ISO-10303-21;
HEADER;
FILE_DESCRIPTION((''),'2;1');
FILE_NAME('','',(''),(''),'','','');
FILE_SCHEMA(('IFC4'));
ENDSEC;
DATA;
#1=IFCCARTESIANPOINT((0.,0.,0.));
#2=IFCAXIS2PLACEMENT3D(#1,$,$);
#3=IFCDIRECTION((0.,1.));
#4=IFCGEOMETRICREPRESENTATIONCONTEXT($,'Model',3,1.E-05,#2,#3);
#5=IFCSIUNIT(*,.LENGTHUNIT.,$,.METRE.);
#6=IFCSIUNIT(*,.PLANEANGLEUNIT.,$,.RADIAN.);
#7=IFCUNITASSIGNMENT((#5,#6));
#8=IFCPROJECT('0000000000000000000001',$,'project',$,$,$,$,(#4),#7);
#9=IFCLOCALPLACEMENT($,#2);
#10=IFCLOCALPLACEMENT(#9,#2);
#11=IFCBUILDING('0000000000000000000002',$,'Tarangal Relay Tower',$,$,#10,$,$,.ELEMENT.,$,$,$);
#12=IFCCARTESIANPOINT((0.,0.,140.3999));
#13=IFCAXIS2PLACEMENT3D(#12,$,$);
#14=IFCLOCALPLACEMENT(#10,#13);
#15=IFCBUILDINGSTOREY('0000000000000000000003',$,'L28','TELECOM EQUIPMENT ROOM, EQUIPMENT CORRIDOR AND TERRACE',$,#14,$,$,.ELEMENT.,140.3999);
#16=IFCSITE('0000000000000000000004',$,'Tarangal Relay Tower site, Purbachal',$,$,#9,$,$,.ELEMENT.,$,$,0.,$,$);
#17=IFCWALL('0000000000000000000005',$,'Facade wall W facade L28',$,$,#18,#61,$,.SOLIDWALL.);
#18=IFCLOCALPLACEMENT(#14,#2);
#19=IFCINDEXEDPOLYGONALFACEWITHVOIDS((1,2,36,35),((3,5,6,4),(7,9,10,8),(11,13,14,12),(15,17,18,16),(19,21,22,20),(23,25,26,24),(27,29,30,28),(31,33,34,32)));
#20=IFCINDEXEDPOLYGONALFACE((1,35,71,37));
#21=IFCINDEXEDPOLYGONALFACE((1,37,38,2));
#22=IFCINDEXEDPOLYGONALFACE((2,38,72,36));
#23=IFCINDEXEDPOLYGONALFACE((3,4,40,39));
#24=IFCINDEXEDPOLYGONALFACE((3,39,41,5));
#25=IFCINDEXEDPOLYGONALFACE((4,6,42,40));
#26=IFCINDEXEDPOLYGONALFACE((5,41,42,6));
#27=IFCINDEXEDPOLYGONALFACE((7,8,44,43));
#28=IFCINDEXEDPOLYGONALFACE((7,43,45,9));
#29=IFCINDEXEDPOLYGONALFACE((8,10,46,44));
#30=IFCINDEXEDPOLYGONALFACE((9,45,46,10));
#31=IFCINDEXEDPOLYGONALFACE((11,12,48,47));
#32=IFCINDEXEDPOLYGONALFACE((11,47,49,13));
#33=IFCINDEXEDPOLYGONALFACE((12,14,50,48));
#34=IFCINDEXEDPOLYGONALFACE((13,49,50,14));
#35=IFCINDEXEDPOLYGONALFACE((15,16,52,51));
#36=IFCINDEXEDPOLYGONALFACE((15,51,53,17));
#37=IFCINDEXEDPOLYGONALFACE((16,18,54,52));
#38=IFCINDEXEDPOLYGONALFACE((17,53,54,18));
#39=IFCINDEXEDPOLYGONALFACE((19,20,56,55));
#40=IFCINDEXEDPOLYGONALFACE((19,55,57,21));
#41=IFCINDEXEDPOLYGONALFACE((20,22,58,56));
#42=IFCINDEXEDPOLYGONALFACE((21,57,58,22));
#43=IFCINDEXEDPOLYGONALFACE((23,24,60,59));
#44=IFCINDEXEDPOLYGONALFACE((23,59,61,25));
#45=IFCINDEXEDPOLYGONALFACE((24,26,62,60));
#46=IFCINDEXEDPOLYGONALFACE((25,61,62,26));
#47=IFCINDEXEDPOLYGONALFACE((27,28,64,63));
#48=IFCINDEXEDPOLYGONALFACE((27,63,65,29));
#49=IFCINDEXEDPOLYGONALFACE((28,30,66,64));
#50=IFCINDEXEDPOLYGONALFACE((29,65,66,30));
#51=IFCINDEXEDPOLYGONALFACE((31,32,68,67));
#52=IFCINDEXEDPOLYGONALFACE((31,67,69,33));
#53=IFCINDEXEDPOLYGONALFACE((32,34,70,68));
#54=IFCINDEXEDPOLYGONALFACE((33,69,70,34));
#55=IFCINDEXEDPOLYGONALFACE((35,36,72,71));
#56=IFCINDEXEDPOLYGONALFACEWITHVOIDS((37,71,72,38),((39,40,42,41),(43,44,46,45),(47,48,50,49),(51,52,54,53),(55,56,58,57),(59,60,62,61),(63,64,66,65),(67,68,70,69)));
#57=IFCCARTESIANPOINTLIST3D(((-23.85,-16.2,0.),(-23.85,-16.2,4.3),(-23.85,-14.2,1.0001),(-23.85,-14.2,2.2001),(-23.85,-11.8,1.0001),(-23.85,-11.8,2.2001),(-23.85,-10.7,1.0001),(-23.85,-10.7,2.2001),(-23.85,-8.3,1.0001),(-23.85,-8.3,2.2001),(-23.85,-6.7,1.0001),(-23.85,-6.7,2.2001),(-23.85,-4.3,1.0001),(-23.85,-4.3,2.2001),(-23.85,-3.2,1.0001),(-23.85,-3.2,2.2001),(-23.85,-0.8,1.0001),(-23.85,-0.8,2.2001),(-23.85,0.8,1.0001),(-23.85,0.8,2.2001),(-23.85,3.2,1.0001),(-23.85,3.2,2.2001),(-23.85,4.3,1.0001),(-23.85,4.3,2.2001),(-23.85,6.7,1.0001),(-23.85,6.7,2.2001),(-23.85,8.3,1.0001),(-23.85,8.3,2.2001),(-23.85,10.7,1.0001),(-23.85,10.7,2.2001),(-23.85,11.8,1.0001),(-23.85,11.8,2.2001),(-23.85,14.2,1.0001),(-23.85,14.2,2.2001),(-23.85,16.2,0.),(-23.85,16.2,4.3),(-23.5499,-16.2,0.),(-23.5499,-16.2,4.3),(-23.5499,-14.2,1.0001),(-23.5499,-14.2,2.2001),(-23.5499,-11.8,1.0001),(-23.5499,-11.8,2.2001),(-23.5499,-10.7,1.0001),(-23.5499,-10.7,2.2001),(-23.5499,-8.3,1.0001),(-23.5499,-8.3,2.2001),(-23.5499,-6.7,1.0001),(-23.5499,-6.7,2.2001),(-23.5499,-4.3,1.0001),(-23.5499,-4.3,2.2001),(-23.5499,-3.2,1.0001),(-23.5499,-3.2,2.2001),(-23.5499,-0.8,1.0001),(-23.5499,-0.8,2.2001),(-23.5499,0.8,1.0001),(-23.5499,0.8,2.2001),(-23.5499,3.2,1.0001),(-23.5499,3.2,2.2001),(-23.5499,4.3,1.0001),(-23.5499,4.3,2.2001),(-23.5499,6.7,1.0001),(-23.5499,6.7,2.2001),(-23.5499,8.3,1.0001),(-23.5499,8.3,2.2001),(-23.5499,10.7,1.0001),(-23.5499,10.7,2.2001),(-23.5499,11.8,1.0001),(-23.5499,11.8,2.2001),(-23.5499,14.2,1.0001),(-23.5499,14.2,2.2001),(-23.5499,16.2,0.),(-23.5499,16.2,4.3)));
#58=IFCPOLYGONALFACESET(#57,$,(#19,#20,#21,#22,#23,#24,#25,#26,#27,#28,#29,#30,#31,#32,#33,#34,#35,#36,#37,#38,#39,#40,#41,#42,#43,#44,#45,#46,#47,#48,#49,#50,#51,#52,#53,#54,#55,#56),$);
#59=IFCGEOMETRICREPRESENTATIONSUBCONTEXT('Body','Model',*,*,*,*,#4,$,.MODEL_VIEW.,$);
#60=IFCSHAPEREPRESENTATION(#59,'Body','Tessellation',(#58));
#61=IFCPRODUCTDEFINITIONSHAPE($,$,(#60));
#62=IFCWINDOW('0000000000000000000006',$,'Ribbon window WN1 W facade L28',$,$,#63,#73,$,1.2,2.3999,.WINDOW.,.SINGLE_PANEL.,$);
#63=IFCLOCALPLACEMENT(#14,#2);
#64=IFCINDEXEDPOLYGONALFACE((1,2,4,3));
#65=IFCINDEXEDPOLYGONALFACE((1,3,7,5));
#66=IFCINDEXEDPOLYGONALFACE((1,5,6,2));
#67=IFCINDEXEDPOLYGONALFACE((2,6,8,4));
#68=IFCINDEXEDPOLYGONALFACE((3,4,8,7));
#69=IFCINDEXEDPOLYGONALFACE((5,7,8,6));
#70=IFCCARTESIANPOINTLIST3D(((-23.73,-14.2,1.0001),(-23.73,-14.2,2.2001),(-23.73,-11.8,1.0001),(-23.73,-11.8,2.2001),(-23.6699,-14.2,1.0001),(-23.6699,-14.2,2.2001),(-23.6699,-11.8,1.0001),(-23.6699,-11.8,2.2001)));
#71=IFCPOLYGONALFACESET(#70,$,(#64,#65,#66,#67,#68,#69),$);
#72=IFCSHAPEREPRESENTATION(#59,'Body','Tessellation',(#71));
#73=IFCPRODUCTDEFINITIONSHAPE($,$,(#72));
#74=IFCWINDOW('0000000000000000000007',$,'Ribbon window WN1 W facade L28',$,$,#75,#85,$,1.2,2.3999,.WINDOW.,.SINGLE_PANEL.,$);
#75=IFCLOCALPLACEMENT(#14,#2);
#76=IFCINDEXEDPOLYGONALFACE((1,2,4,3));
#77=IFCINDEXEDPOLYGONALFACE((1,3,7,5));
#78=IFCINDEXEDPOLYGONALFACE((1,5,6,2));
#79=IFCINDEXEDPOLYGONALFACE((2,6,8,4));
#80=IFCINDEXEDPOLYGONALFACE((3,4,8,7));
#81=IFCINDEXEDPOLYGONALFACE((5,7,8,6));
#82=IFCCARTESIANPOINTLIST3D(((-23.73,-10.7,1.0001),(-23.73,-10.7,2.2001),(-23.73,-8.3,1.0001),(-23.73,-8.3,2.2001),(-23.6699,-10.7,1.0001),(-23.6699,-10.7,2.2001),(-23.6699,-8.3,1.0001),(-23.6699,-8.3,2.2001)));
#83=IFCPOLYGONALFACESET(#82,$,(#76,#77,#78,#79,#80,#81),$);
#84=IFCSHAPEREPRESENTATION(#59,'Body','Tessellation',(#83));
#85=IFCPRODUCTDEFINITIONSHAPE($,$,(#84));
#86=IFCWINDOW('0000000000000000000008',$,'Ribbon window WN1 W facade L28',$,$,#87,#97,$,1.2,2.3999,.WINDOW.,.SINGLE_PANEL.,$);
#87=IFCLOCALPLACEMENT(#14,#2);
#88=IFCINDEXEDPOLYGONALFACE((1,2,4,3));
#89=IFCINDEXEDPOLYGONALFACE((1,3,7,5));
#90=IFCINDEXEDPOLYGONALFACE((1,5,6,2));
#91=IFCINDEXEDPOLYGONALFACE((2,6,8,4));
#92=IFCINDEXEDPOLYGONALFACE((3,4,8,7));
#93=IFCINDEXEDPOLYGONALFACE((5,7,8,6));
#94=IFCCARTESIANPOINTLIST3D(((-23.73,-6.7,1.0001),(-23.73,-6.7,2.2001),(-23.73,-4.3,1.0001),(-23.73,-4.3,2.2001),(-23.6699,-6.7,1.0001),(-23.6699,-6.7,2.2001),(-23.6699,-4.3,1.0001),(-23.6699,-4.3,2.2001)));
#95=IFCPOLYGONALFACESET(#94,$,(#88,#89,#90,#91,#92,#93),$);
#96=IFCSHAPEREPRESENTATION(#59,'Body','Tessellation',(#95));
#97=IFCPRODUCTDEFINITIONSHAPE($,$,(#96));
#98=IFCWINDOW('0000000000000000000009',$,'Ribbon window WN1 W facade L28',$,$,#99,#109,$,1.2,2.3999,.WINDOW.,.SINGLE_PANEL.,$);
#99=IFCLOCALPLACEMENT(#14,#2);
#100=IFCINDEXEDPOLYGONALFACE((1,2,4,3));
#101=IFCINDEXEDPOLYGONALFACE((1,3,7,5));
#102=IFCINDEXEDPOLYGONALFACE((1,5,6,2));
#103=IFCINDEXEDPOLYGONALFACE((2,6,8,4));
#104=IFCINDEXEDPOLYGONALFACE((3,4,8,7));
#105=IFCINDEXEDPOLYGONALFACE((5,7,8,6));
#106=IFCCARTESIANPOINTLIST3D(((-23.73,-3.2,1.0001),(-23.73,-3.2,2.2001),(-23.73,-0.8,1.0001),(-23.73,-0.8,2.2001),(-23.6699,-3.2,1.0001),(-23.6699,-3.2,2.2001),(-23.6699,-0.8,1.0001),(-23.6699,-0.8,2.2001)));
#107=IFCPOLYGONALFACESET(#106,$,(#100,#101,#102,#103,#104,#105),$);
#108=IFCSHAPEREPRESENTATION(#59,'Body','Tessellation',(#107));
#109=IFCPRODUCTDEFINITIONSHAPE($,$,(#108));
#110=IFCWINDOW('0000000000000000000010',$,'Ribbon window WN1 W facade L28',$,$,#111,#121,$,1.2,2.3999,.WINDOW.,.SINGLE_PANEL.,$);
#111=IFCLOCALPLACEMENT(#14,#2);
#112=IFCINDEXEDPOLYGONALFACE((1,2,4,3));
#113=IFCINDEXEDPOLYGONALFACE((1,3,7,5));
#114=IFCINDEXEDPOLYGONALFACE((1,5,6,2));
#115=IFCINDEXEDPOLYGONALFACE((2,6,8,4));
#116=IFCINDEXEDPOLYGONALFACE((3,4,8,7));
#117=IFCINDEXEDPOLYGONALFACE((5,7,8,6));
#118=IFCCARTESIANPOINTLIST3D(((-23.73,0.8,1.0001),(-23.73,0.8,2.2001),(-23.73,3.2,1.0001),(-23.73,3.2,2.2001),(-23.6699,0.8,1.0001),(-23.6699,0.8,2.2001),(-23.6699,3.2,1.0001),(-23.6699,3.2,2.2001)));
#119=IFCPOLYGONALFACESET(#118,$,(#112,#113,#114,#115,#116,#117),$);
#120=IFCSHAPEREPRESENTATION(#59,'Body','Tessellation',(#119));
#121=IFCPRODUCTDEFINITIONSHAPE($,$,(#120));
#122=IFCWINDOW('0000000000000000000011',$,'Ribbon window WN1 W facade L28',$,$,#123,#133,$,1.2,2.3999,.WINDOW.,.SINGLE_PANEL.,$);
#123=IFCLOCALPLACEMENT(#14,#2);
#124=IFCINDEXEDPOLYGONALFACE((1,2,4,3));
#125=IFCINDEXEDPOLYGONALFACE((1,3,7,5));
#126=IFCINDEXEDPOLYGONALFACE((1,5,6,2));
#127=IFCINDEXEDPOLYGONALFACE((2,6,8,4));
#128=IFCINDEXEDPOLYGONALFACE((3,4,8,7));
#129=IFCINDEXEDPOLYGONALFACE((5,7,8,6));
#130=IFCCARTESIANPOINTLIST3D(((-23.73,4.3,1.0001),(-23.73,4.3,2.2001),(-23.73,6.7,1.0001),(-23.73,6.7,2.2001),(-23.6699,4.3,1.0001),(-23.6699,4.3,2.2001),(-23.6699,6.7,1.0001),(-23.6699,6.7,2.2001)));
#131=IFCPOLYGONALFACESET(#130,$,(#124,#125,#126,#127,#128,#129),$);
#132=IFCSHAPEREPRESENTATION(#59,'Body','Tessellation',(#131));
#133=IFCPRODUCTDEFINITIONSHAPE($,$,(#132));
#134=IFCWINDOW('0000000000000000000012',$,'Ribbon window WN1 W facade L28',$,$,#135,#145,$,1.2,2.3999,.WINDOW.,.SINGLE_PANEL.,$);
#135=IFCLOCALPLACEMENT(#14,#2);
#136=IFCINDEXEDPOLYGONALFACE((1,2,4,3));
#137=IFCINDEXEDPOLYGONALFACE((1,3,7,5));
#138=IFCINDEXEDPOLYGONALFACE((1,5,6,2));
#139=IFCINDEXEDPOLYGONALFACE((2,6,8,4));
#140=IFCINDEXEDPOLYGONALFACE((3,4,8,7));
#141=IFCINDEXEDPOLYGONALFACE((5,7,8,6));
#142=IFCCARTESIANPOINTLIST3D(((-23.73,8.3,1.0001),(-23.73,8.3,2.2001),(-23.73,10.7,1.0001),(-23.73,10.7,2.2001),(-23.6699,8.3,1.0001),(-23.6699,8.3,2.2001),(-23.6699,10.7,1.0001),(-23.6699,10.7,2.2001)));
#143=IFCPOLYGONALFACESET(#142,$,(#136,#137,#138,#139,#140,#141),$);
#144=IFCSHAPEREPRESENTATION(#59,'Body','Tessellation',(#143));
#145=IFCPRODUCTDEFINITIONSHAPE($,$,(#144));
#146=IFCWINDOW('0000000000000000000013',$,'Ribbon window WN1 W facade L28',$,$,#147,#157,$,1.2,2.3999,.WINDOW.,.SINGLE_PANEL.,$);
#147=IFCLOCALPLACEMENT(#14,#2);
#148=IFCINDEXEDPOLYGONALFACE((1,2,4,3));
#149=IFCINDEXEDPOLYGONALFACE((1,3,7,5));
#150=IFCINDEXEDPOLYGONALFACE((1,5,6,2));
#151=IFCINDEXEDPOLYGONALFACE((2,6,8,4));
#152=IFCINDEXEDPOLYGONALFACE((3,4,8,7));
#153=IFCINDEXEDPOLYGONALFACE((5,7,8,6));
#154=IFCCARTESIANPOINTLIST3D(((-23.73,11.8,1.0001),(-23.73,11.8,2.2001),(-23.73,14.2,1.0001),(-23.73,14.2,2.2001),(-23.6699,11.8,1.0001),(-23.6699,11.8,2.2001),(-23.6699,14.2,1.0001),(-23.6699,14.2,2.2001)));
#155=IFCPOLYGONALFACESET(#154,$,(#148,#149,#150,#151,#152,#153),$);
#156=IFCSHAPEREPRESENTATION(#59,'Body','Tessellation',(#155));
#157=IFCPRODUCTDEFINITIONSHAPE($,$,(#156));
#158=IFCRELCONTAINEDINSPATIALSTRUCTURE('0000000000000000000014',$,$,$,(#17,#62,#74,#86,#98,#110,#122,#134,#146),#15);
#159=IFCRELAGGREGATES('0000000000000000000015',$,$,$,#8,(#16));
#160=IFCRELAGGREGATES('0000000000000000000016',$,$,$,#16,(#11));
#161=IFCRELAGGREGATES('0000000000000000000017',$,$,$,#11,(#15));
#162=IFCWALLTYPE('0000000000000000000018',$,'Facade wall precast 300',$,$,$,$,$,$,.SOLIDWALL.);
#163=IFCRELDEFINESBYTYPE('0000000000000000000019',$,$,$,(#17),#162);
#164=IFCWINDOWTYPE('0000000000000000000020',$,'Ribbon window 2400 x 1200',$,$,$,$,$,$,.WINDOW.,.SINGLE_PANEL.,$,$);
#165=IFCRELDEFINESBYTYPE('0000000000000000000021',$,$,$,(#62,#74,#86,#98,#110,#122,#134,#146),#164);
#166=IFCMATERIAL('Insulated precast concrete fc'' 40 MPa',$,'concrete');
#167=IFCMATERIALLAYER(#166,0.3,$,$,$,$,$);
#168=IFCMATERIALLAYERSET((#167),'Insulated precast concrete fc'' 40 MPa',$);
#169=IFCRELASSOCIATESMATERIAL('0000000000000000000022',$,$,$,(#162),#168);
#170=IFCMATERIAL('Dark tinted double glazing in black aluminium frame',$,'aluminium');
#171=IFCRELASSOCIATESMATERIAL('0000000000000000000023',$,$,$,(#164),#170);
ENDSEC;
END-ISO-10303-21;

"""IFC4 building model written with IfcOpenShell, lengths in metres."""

from ifc_helpers import new_model, si_unit, direction, frame, frame_2d, origin, place, context, subcontext, project, spatial, rectangle, extrude, material, layer, layer_set, type_object, element, fill, save


model = new_model("IFC4")

# Units and contexts
model_context = context("Model", 3, precision=1e-05, world=origin(), true_north=direction((0.0, 1.0)))
body_context = subcontext(model_context, "Body", "Model", "MODEL_VIEW")
ifc_project = project(units=[si_unit("LENGTHUNIT", "METRE"), si_unit("PLANEANGLEUNIT", "RADIAN")], contexts=[model_context])

# Site, building, storey
site_placement = place(None, origin())
site = spatial("IfcSite", under=ifc_project, at=site_placement, Name="Tarangal Relay Tower site, Purbachal", CompositionType="ELEMENT", RefElevation=0.0)
building_placement = place(site_placement, origin())
building = spatial("IfcBuilding", under=site, at=building_placement, Name="Tarangal Relay Tower", CompositionType="ELEMENT")
storey_placement = place(building_placement, frame((0.0, 0.0, 140.3999)))
storey = spatial("IfcBuildingStorey", under=building, at=storey_placement, Name="L28", Description="TELECOM EQUIPMENT ROOM, EQUIPMENT CORRIDOR AND TERRACE", CompositionType="ELEMENT", Elevation=140.3999)

# Shared definitions
ifc_material_1 = material(Name="Insulated precast concrete fc' 40 MPa", Category="concrete")
ifc_layer = layer(ifc_material_1, 0.3)
ifc_layer_set = layer_set([ifc_layer], Name="Insulated precast concrete fc' 40 MPa")
wall_type = type_object("IfcWallType", Name="Facade wall precast 300", PredefinedType="SOLIDWALL", material=ifc_layer_set)

# Wall, openings, windows
wall_placement = place(storey_placement, frame((-23.7, -16.2, 0.0), z_axis=(0.0, 0.0, 1.0), x_axis=(0.0, 1.0, 0.0)))
wall = element("IfcWall", 1, at=wall_placement, inside=storey, type_object=wall_type, Name="Facade wall W facade L28", PredefinedType="SOLIDWALL", context=body_context, shape_type="SweptSolid", body=[
    extrude(rectangle(XDim=32.3999, YDim=0.3, at=frame_2d((16.2, 0.0))), origin(), (0.0, 0.0, 1.0), 4.3),
])
opening_1_placement = place(wall_placement, frame((2.0, 0.0, 1.0)))
opening_1 = element("IfcOpeningElement", 2, at=opening_1_placement, cuts=wall, PredefinedType="OPENING", context=body_context, shape_type="SweptSolid", body=[
    extrude(rectangle(XDim=2.3999, YDim=1.2, at=frame_2d((1.2, 0.6001))), frame((0.0, 0.1599, 0.0), z_axis=(0.0, -1.0, 0.0), x_axis=(1.0, 0.0, 0.0)), (0.0, 0.0, 1.0), 0.3201),
])
opening_2_placement = place(wall_placement, frame((5.5, 0.0, 1.0)))
opening_2 = element("IfcOpeningElement", 3, at=opening_2_placement, cuts=wall, PredefinedType="OPENING", context=body_context, shape_type="SweptSolid", body=[
    extrude(rectangle(XDim=2.3999, YDim=1.2, at=frame_2d((1.2, 0.6001))), frame((0.0, 0.1599, 0.0), z_axis=(0.0, -1.0, 0.0), x_axis=(1.0, 0.0, 0.0)), (0.0, 0.0, 1.0), 0.3201),
])
opening_3_placement = place(wall_placement, frame((9.5, 0.0, 1.0)))
opening_3 = element("IfcOpeningElement", 4, at=opening_3_placement, cuts=wall, PredefinedType="OPENING", context=body_context, shape_type="SweptSolid", body=[
    extrude(rectangle(XDim=2.3999, YDim=1.2, at=frame_2d((1.2, 0.6001))), frame((0.0, 0.1599, 0.0), z_axis=(0.0, -1.0, 0.0), x_axis=(1.0, 0.0, 0.0)), (0.0, 0.0, 1.0), 0.3201),
])
opening_4_placement = place(wall_placement, frame((13.0, 0.0, 1.0)))
opening_4 = element("IfcOpeningElement", 5, at=opening_4_placement, cuts=wall, PredefinedType="OPENING", context=body_context, shape_type="SweptSolid", body=[
    extrude(rectangle(XDim=2.3999, YDim=1.2, at=frame_2d((1.2, 0.6001))), frame((0.0, 0.1599, 0.0), z_axis=(0.0, -1.0, 0.0), x_axis=(1.0, 0.0, 0.0)), (0.0, 0.0, 1.0), 0.3201),
])
opening_5_placement = place(wall_placement, frame((17.0, 0.0, 1.0)))
opening_5 = element("IfcOpeningElement", 6, at=opening_5_placement, cuts=wall, PredefinedType="OPENING", context=body_context, shape_type="SweptSolid", body=[
    extrude(rectangle(XDim=2.3999, YDim=1.2, at=frame_2d((1.2, 0.6001))), frame((0.0, 0.1599, 0.0), z_axis=(0.0, -1.0, 0.0), x_axis=(1.0, 0.0, 0.0)), (0.0, 0.0, 1.0), 0.3201),
])
opening_6_placement = place(wall_placement, frame((20.5, 0.0, 1.0)))
opening_6 = element("IfcOpeningElement", 7, at=opening_6_placement, cuts=wall, PredefinedType="OPENING", context=body_context, shape_type="SweptSolid", body=[
    extrude(rectangle(XDim=2.3999, YDim=1.2, at=frame_2d((1.2, 0.6001))), frame((0.0, 0.1599, 0.0), z_axis=(0.0, -1.0, 0.0), x_axis=(1.0, 0.0, 0.0)), (0.0, 0.0, 1.0), 0.3201),
])
opening_7_placement = place(wall_placement, frame((24.5, 0.0, 1.0)))
opening_7 = element("IfcOpeningElement", 8, at=opening_7_placement, cuts=wall, PredefinedType="OPENING", context=body_context, shape_type="SweptSolid", body=[
    extrude(rectangle(XDim=2.3999, YDim=1.2, at=frame_2d((1.2, 0.6001))), frame((0.0, 0.1599, 0.0), z_axis=(0.0, -1.0, 0.0), x_axis=(1.0, 0.0, 0.0)), (0.0, 0.0, 1.0), 0.3201),
])
opening_8_placement = place(wall_placement, frame((28.0, 0.0, 1.0)))
opening_8 = element("IfcOpeningElement", 9, at=opening_8_placement, cuts=wall, PredefinedType="OPENING", context=body_context, shape_type="SweptSolid", body=[
    extrude(rectangle(XDim=2.3999, YDim=1.2, at=frame_2d((1.2, 0.6001))), frame((0.0, 0.1599, 0.0), z_axis=(0.0, -1.0, 0.0), x_axis=(1.0, 0.0, 0.0)), (0.0, 0.0, 1.0), 0.3201),
])
ifc_material_2 = material(Name="Dark tinted double glazing in black aluminium frame", Category="aluminium")
window_type = type_object("IfcWindowType", Name="Ribbon window 2400 x 1200", PartitioningType="SINGLE_PANEL", PredefinedType="WINDOW", material=ifc_material_2)
window_1_placement = place(opening_1_placement, origin())
window_1 = element("IfcWindow", 10, at=window_1_placement, inside=storey, type_object=window_type, Name="Ribbon window WN1 W facade L28", OverallHeight=1.2, OverallWidth=2.3999, PartitioningType="SINGLE_PANEL", PredefinedType="WINDOW", context=body_context, shape_type="SweptSolid", body=[
    extrude(rectangle(XDim=2.3999, YDim=1.2, at=frame_2d((1.2, 0.6001))), frame((0.0, 0.03, 0.0), z_axis=(0.0, -1.0, 0.0), x_axis=(1.0, 0.0, 0.0)), (0.0, 0.0, 1.0), 0.0601),
])
fill(opening_1, window_1)
window_2_placement = place(opening_2_placement, origin())
window_2 = element("IfcWindow", 11, at=window_2_placement, inside=storey, type_object=window_type, Name="Ribbon window WN1 W facade L28", OverallHeight=1.2, OverallWidth=2.3999, PartitioningType="SINGLE_PANEL", PredefinedType="WINDOW", context=body_context, shape_type="SweptSolid", body=[
    extrude(rectangle(XDim=2.3999, YDim=1.2, at=frame_2d((1.2, 0.6001))), frame((0.0, 0.03, 0.0), z_axis=(0.0, -1.0, 0.0), x_axis=(1.0, 0.0, 0.0)), (0.0, 0.0, 1.0), 0.0601),
])
fill(opening_2, window_2)
window_3_placement = place(opening_3_placement, origin())
window_3 = element("IfcWindow", 12, at=window_3_placement, inside=storey, type_object=window_type, Name="Ribbon window WN1 W facade L28", OverallHeight=1.2, OverallWidth=2.3999, PartitioningType="SINGLE_PANEL", PredefinedType="WINDOW", context=body_context, shape_type="SweptSolid", body=[
    extrude(rectangle(XDim=2.3999, YDim=1.2, at=frame_2d((1.2, 0.6001))), frame((0.0, 0.03, 0.0), z_axis=(0.0, -1.0, 0.0), x_axis=(1.0, 0.0, 0.0)), (0.0, 0.0, 1.0), 0.0601),
])
fill(opening_3, window_3)
window_4_placement = place(opening_4_placement, origin())
window_4 = element("IfcWindow", 13, at=window_4_placement, inside=storey, type_object=window_type, Name="Ribbon window WN1 W facade L28", OverallHeight=1.2, OverallWidth=2.3999, PartitioningType="SINGLE_PANEL", PredefinedType="WINDOW", context=body_context, shape_type="SweptSolid", body=[
    extrude(rectangle(XDim=2.3999, YDim=1.2, at=frame_2d((1.2, 0.6001))), frame((0.0, 0.03, 0.0), z_axis=(0.0, -1.0, 0.0), x_axis=(1.0, 0.0, 0.0)), (0.0, 0.0, 1.0), 0.0601),
])
fill(opening_4, window_4)
window_5_placement = place(opening_5_placement, origin())
window_5 = element("IfcWindow", 14, at=window_5_placement, inside=storey, type_object=window_type, Name="Ribbon window WN1 W facade L28", OverallHeight=1.2, OverallWidth=2.3999, PartitioningType="SINGLE_PANEL", PredefinedType="WINDOW", context=body_context, shape_type="SweptSolid", body=[
    extrude(rectangle(XDim=2.3999, YDim=1.2, at=frame_2d((1.2, 0.6001))), frame((0.0, 0.03, 0.0), z_axis=(0.0, -1.0, 0.0), x_axis=(1.0, 0.0, 0.0)), (0.0, 0.0, 1.0), 0.0601),
])
fill(opening_5, window_5)
window_6_placement = place(opening_6_placement, origin())
window_6 = element("IfcWindow", 15, at=window_6_placement, inside=storey, type_object=window_type, Name="Ribbon window WN1 W facade L28", OverallHeight=1.2, OverallWidth=2.3999, PartitioningType="SINGLE_PANEL", PredefinedType="WINDOW", context=body_context, shape_type="SweptSolid", body=[
    extrude(rectangle(XDim=2.3999, YDim=1.2, at=frame_2d((1.2, 0.6001))), frame((0.0, 0.03, 0.0), z_axis=(0.0, -1.0, 0.0), x_axis=(1.0, 0.0, 0.0)), (0.0, 0.0, 1.0), 0.0601),
])
fill(opening_6, window_6)
window_7_placement = place(opening_7_placement, origin())
window_7 = element("IfcWindow", 16, at=window_7_placement, inside=storey, type_object=window_type, Name="Ribbon window WN1 W facade L28", OverallHeight=1.2, OverallWidth=2.3999, PartitioningType="SINGLE_PANEL", PredefinedType="WINDOW", context=body_context, shape_type="SweptSolid", body=[
    extrude(rectangle(XDim=2.3999, YDim=1.2, at=frame_2d((1.2, 0.6001))), frame((0.0, 0.03, 0.0), z_axis=(0.0, -1.0, 0.0), x_axis=(1.0, 0.0, 0.0)), (0.0, 0.0, 1.0), 0.0601),
])
fill(opening_7, window_7)
window_8_placement = place(opening_8_placement, origin())
window_8 = element("IfcWindow", 17, at=window_8_placement, inside=storey, type_object=window_type, Name="Ribbon window WN1 W facade L28", OverallHeight=1.2, OverallWidth=2.3999, PartitioningType="SINGLE_PANEL", PredefinedType="WINDOW", context=body_context, shape_type="SweptSolid", body=[
    extrude(rectangle(XDim=2.3999, YDim=1.2, at=frame_2d((1.2, 0.6001))), frame((0.0, 0.03, 0.0), z_axis=(0.0, -1.0, 0.0), x_axis=(1.0, 0.0, 0.0)), (0.0, 0.0, 1.0), 0.0601),
])
fill(opening_8, window_8)

save(model, "model.ifc")
